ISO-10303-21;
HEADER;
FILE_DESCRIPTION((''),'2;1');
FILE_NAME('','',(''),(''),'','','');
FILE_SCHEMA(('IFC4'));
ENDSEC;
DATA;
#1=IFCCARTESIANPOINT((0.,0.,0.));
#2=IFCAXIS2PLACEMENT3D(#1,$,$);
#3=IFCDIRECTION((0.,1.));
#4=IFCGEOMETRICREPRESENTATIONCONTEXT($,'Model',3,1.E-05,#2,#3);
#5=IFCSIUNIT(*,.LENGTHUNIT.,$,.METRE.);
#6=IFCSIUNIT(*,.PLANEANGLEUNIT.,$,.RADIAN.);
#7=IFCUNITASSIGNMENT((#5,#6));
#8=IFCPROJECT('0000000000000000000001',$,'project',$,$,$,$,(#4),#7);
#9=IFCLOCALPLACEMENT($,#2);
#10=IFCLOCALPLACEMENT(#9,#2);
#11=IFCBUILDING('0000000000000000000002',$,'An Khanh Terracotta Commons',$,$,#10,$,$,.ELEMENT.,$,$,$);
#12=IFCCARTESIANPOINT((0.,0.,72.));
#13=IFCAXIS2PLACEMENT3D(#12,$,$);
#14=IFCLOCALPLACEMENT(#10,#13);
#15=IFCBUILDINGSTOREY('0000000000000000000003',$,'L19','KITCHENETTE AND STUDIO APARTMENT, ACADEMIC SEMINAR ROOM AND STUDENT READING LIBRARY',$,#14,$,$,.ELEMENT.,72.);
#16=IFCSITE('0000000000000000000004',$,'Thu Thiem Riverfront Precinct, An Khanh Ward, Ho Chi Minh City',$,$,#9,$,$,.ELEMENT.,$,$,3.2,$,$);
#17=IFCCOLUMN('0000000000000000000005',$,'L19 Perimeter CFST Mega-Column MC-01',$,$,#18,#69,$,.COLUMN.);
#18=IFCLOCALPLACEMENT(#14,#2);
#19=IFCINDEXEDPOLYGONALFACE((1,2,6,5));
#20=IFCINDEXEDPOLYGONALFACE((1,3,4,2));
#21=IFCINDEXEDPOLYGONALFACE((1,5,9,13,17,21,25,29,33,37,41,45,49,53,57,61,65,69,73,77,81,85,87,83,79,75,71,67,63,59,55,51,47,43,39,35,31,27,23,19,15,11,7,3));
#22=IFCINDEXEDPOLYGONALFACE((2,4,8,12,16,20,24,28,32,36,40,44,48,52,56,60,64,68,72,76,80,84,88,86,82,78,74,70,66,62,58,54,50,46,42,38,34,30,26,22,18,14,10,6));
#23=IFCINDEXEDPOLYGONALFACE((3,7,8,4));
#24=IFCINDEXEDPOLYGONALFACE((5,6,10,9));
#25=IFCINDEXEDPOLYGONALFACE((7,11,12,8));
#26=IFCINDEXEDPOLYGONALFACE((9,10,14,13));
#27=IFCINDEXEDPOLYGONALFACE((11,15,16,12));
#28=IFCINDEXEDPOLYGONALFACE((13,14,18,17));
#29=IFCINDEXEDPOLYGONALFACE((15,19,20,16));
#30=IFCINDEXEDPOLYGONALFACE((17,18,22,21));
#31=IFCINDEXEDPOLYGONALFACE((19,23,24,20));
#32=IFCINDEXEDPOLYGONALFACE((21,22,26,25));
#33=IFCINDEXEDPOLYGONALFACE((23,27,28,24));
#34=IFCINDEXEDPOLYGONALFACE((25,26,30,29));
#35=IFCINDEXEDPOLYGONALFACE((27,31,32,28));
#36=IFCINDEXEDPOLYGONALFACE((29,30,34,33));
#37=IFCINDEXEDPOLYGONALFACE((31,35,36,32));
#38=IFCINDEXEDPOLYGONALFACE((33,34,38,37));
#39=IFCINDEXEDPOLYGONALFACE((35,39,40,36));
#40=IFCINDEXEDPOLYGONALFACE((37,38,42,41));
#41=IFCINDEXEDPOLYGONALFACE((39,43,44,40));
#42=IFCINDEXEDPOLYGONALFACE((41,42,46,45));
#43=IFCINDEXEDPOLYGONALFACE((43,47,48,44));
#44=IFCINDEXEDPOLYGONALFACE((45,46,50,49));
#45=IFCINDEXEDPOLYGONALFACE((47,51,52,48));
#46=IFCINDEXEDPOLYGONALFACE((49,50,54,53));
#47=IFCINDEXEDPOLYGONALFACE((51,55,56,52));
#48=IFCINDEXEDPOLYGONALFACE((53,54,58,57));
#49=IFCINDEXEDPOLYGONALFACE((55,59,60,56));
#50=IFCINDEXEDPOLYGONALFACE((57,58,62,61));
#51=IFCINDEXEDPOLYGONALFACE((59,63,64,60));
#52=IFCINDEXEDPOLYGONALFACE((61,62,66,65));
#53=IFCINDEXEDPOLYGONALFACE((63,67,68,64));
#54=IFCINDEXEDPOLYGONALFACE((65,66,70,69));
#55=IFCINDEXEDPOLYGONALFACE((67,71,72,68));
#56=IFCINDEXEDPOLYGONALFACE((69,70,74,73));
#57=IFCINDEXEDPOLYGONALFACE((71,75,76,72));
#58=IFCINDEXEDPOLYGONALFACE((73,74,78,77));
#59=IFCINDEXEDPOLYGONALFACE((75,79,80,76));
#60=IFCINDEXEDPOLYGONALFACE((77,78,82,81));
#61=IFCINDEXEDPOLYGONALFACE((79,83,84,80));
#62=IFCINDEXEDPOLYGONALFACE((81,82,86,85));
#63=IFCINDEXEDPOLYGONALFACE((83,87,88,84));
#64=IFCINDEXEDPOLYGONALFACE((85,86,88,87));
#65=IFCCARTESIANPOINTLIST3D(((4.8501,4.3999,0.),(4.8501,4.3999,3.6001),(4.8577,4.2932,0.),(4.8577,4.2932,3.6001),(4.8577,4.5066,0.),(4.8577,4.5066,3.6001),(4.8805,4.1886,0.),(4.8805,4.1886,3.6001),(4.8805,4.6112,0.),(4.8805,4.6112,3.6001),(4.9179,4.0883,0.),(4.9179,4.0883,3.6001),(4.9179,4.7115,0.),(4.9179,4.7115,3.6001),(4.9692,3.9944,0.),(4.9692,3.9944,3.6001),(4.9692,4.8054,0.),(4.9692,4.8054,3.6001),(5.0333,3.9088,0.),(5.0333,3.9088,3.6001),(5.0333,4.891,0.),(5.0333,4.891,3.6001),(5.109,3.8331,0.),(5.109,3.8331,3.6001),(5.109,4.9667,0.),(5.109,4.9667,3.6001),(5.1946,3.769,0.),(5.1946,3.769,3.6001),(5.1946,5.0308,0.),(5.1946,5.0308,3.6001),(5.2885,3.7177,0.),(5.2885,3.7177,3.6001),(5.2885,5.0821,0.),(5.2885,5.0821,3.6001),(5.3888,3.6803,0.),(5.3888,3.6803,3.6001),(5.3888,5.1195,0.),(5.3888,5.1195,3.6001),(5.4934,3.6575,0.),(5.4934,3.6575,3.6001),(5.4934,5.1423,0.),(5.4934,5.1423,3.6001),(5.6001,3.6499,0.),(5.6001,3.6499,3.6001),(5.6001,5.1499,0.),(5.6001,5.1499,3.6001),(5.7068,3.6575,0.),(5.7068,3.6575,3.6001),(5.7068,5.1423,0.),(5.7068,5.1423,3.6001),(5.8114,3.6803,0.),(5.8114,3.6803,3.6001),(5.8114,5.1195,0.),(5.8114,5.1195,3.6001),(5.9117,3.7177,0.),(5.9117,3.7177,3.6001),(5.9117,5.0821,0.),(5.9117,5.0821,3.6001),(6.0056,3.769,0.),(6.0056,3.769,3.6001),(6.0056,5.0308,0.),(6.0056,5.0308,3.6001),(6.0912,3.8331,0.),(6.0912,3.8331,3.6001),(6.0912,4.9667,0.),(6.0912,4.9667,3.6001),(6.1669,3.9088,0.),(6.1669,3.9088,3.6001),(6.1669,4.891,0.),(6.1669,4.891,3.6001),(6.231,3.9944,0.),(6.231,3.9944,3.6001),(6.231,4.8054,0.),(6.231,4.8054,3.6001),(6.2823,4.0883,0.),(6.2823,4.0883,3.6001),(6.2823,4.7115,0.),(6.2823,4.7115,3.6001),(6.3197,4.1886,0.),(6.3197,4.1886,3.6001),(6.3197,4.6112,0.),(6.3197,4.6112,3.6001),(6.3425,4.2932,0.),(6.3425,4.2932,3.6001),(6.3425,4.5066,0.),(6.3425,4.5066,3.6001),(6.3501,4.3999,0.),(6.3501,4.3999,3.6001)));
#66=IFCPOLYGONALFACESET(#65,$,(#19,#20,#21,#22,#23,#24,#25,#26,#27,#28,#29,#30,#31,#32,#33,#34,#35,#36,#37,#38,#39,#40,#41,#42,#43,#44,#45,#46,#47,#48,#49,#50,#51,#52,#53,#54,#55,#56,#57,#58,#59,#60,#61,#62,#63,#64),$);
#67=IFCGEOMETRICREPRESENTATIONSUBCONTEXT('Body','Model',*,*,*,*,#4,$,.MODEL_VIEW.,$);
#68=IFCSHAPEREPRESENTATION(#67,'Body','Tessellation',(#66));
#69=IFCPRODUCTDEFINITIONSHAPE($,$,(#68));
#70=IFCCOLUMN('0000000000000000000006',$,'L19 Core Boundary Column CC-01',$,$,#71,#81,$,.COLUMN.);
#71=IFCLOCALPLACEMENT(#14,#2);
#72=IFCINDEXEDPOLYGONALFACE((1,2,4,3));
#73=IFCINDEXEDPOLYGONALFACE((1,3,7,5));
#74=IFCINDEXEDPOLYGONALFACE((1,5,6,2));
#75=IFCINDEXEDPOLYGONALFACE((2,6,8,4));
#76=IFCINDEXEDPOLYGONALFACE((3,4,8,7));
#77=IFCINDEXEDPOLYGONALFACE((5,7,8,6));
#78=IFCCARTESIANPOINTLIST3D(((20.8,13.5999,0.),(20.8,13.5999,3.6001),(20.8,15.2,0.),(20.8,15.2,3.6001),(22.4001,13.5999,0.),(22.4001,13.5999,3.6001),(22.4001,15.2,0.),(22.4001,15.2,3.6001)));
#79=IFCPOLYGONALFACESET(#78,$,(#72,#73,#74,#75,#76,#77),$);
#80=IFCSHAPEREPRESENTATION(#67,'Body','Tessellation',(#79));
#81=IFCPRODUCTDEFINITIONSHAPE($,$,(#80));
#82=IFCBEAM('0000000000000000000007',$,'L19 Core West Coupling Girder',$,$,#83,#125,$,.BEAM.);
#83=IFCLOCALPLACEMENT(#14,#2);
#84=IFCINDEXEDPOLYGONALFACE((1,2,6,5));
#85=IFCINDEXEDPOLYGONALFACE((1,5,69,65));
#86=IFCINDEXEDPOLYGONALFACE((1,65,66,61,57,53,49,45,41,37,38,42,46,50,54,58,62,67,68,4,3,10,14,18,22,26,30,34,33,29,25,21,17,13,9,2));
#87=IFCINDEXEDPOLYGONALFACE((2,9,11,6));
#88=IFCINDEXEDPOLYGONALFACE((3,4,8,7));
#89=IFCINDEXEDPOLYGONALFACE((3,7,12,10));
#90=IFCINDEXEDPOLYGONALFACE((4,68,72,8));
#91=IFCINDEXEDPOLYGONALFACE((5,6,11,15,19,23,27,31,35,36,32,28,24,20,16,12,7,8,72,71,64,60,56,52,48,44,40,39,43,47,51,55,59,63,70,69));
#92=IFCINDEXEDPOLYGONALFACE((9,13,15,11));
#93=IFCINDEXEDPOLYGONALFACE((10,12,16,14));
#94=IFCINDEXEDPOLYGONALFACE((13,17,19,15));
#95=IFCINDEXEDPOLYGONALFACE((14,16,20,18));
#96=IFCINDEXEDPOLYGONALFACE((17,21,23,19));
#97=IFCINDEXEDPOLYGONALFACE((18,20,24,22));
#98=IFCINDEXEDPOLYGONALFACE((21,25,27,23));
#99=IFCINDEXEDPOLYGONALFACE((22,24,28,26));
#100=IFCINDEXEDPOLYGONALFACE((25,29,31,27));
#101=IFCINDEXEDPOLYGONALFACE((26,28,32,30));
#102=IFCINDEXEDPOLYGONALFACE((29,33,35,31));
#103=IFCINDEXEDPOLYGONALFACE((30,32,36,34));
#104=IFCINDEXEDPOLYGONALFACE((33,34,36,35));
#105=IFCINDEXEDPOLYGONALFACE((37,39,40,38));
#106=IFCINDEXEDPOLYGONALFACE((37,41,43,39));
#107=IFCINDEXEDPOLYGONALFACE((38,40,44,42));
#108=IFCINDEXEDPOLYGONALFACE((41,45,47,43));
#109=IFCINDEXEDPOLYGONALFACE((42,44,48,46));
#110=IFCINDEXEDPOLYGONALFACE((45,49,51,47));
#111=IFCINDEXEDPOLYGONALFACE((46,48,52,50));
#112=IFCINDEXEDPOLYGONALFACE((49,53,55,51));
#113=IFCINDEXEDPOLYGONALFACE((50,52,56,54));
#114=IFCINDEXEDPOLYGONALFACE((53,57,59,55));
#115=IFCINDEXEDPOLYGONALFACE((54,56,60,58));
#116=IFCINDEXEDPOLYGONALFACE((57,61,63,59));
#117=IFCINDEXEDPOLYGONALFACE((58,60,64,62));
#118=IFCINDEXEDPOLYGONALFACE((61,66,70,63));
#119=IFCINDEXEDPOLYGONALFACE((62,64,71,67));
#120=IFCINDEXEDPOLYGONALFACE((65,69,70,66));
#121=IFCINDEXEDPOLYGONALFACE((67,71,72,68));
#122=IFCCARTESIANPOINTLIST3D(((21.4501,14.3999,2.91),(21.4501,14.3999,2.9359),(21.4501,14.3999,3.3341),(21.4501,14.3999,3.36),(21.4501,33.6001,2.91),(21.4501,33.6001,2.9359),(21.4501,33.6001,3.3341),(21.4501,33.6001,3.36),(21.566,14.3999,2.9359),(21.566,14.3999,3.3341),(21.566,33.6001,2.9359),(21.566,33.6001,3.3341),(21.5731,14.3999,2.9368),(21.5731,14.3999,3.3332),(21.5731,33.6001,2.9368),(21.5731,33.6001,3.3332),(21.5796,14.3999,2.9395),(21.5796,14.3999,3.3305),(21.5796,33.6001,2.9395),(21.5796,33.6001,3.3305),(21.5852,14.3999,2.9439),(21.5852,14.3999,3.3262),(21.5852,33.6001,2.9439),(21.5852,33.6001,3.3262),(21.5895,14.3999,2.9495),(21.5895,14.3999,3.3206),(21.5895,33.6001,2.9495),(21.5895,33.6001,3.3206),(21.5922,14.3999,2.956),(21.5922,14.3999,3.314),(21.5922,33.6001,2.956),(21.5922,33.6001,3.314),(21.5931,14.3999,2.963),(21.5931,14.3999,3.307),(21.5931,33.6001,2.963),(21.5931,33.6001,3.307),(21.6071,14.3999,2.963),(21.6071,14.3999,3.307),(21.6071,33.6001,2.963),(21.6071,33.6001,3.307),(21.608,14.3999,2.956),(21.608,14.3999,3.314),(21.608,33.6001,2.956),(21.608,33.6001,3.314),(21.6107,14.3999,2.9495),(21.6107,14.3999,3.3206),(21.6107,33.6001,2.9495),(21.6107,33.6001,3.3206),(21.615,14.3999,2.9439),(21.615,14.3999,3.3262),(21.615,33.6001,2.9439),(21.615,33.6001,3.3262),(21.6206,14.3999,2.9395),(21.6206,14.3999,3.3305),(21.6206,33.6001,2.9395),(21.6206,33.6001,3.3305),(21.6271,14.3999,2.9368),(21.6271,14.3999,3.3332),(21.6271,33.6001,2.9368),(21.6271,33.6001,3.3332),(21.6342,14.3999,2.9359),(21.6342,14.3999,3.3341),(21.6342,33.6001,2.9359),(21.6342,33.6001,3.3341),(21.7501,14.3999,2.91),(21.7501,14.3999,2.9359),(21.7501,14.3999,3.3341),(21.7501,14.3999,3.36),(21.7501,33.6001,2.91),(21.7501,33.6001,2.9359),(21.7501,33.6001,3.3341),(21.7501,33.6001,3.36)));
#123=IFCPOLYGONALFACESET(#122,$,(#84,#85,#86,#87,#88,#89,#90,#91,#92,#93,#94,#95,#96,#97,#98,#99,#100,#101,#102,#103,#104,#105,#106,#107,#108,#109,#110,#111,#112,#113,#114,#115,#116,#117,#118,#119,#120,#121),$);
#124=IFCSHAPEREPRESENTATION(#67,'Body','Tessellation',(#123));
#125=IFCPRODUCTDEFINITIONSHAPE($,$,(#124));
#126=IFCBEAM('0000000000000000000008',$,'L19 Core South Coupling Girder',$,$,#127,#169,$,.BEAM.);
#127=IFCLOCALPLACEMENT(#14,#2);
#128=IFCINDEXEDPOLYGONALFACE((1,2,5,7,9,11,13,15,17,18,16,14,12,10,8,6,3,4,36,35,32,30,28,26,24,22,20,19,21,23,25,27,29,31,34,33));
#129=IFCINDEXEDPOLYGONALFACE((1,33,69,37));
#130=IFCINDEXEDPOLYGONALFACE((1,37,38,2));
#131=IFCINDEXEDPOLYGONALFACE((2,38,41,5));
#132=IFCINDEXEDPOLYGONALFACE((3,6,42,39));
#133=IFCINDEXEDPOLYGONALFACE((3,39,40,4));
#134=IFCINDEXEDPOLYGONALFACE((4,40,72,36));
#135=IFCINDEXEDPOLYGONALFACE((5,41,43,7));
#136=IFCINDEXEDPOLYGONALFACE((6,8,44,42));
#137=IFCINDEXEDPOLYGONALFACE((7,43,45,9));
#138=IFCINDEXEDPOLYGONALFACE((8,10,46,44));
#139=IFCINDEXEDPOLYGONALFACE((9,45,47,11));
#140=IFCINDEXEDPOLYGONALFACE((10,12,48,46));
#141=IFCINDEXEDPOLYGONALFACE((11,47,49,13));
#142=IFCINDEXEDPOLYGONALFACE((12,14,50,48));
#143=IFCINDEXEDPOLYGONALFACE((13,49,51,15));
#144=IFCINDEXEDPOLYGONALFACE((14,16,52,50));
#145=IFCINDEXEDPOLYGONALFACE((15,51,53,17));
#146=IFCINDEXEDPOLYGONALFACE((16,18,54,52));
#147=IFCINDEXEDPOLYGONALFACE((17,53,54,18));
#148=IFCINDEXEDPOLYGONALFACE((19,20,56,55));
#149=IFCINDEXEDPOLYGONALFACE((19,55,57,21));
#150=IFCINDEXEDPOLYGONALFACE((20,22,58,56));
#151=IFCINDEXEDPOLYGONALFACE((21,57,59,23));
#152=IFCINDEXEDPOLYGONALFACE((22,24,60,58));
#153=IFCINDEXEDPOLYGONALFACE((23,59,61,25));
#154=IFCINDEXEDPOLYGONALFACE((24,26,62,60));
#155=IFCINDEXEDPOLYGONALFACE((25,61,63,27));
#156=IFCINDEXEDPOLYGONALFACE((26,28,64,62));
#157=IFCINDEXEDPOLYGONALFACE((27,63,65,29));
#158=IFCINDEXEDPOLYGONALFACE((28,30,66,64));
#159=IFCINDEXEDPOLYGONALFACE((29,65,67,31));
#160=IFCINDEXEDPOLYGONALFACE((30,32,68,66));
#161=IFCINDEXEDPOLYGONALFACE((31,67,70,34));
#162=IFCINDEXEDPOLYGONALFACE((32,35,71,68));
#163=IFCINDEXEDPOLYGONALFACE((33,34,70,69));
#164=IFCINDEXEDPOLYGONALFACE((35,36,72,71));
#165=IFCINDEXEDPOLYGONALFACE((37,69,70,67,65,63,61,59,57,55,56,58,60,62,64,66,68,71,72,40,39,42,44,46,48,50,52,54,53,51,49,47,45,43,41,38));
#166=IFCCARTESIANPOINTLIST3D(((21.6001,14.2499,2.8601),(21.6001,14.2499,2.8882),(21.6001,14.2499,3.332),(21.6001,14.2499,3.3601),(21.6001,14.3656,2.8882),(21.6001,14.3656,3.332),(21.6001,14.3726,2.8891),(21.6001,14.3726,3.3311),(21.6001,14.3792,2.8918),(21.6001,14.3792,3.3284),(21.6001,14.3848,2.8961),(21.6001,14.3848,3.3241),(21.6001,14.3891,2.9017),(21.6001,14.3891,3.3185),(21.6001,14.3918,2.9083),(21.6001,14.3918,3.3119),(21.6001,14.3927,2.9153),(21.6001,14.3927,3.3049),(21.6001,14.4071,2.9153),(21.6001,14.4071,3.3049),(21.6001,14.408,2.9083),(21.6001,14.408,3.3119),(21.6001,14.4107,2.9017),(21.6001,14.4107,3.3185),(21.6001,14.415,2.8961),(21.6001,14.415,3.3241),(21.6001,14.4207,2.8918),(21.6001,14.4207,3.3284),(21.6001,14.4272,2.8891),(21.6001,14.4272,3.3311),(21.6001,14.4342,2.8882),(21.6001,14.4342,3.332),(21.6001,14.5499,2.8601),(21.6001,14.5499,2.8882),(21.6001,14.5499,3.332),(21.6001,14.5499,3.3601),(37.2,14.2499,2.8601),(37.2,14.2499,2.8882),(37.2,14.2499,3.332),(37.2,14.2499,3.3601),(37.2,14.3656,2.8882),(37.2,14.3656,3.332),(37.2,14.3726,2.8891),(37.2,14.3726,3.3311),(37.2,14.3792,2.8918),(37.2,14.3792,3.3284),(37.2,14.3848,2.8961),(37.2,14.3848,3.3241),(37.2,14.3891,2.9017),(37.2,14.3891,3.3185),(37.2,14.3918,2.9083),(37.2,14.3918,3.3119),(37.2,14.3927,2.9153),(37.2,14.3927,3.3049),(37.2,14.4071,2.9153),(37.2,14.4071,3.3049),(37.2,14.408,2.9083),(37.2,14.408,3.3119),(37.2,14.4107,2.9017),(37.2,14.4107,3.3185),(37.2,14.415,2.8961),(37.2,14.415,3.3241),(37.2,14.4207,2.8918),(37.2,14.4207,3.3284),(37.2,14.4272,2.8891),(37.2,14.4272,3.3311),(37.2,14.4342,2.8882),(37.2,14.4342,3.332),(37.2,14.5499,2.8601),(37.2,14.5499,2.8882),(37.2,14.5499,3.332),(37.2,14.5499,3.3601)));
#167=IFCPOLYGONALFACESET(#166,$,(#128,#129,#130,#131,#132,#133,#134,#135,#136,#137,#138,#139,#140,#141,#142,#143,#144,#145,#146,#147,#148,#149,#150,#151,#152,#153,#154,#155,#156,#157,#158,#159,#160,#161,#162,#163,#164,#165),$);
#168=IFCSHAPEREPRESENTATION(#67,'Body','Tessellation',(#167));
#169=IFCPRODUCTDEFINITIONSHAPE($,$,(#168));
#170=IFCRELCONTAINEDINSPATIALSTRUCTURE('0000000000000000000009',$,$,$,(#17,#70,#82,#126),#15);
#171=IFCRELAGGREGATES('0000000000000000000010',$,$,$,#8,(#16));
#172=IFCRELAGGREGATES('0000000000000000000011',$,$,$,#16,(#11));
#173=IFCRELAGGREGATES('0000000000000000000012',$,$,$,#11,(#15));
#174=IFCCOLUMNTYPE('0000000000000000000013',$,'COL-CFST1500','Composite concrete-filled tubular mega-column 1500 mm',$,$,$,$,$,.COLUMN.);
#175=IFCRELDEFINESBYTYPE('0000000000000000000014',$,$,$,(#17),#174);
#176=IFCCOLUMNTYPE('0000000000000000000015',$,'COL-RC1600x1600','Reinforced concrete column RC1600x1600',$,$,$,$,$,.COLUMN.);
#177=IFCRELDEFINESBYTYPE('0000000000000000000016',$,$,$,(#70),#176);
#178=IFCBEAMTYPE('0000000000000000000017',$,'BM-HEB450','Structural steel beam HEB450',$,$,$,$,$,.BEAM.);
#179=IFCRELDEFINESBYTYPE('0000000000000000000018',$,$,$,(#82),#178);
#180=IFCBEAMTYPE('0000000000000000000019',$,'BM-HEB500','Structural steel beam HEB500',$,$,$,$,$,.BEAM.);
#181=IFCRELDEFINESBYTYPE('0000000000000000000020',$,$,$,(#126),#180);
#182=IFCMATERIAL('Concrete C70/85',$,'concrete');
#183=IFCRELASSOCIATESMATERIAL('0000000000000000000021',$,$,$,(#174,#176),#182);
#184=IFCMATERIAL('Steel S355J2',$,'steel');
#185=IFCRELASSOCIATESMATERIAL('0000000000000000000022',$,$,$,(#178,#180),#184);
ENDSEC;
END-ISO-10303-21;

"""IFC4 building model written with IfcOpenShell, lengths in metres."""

from ifc_helpers import new_model, si_unit, direction, frame, origin, origin_2d, place, context, subcontext, project, spatial, rectangle, circle, i_section, extrude, material, material_profile, profile_set, type_object, element, save


model = new_model("IFC4")

# Units and contexts
model_context = context("Model", 3, precision=1e-05, world=origin(), true_north=direction((0.0, 1.0)))
body_context = subcontext(model_context, "Body", "Model", "MODEL_VIEW")
ifc_project = project(units=[si_unit("LENGTHUNIT", "METRE"), si_unit("PLANEANGLEUNIT", "RADIAN")], contexts=[model_context])

# Site, building, storey
site_placement = place(None, origin())
site = spatial("IfcSite", under=ifc_project, at=site_placement, Name="Thu Thiem Riverfront Precinct, An Khanh Ward, Ho Chi Minh City", CompositionType="ELEMENT", RefElevation=3.2)
building_placement = place(site_placement, origin())
building = spatial("IfcBuilding", under=site, at=building_placement, Name="An Khanh Terracotta Commons", CompositionType="ELEMENT")
storey_placement = place(building_placement, frame((0.0, 0.0, 72.0)))
storey = spatial("IfcBuildingStorey", under=building, at=storey_placement, Name="L19", Description="KITCHENETTE AND STUDIO APARTMENT, ACADEMIC SEMINAR ROOM AND STUDENT READING LIBRARY", CompositionType="ELEMENT", Elevation=72.0)

# Columns
ifc_material_1 = material(Name="Concrete C70/85", Category="concrete")
ifc_material_profile_1 = material_profile(ifc_material_1, circle(Radius=0.75, at=origin_2d()), Name="CFST1500")
ifc_profile_set_1 = profile_set([ifc_material_profile_1], Name="Concrete C70/85")
column_type_1 = type_object("IfcColumnType", Name="COL-CFST1500", Description="Composite concrete-filled tubular mega-column 1500 mm", PredefinedType="COLUMN", material=ifc_profile_set_1)
column_1_placement = place(storey_placement, frame((5.6001, 4.3999, 0.0), z_axis=(0.0, 0.0, 1.0), x_axis=(1.0, 0.0, 0.0)))
element("IfcColumn", 1, at=column_1_placement, inside=storey, type_object=column_type_1, Name="L19 Perimeter CFST Mega-Column MC-01", PredefinedType="COLUMN", context=body_context, shape_type="SweptSolid", body=[
    extrude(circle(Radius=0.75, at=origin_2d()), origin(), (0.0, 0.0, 1.0), 3.6001),
])
ifc_material_profile_2 = material_profile(ifc_material_1, rectangle(XDim=1.6001, YDim=1.6001, at=origin_2d()), Name="RC1600x1600")
ifc_profile_set_2 = profile_set([ifc_material_profile_2], Name="Concrete C70/85")
column_type_2 = type_object("IfcColumnType", Name="COL-RC1600x1600", Description="Reinforced concrete column RC1600x1600", PredefinedType="COLUMN", material=ifc_profile_set_2)
column_2_placement = place(storey_placement, frame((21.6001, 14.3999, 0.0), z_axis=(0.0, 0.0, 1.0), x_axis=(1.0, 0.0, 0.0)))
element("IfcColumn", 2, at=column_2_placement, inside=storey, type_object=column_type_2, Name="L19 Core Boundary Column CC-01", PredefinedType="COLUMN", context=body_context, shape_type="SweptSolid", body=[
    extrude(rectangle(XDim=1.6001, YDim=1.6001, at=origin_2d()), origin(), (0.0, 0.0, 1.0), 3.6001),
])

# Beams
ifc_material_2 = material(Name="Steel S355J2", Category="steel")
ifc_material_profile_3 = material_profile(ifc_material_2, i_section(OverallWidth=0.3, OverallDepth=0.45, WebThickness=0.0139, FlangeThickness=0.0259, FilletRadius=0.0271, at=origin_2d()), Name="HEB450")
ifc_profile_set_3 = profile_set([ifc_material_profile_3], Name="Steel S355J2")
beam_type_1 = type_object("IfcBeamType", Name="BM-HEB450", Description="Structural steel beam HEB450", PredefinedType="BEAM", material=ifc_profile_set_3)
beam_1_placement = place(storey_placement, frame((21.6001, 14.3999, 3.135), z_axis=(0.0, 1.0, 0.0), x_axis=(-1.0, 0.0, 0.0)))
element("IfcBeam", 3, at=beam_1_placement, inside=storey, type_object=beam_type_1, Name="L19 Core West Coupling Girder", PredefinedType="BEAM", context=body_context, shape_type="SweptSolid", body=[
    extrude(i_section(OverallWidth=0.3, OverallDepth=0.45, WebThickness=0.0139, FlangeThickness=0.0259, FilletRadius=0.0271, at=origin_2d()), origin(), (0.0, 0.0, 1.0), 19.2002),
])
ifc_material_profile_4 = material_profile(ifc_material_2, i_section(OverallWidth=0.3, OverallDepth=0.5, WebThickness=0.0144, FlangeThickness=0.0281, FilletRadius=0.0271, at=origin_2d()), Name="HEB500")
ifc_profile_set_4 = profile_set([ifc_material_profile_4], Name="Steel S355J2")
beam_type_2 = type_object("IfcBeamType", Name="BM-HEB500", Description="Structural steel beam HEB500", PredefinedType="BEAM", material=ifc_profile_set_4)
beam_2_placement = place(storey_placement, frame((21.6001, 14.3999, 3.1101), z_axis=(1.0, 0.0, 0.0), x_axis=(0.0, 1.0, 0.0)))
element("IfcBeam", 4, at=beam_2_placement, inside=storey, type_object=beam_type_2, Name="L19 Core South Coupling Girder", PredefinedType="BEAM", context=body_context, shape_type="SweptSolid", body=[
    extrude(i_section(OverallWidth=0.3, OverallDepth=0.5, WebThickness=0.0144, FlangeThickness=0.0281, FilletRadius=0.0271, at=origin_2d()), origin(), (0.0, 0.0, 1.0), 15.5999),
])

save(model, "model.ifc")
